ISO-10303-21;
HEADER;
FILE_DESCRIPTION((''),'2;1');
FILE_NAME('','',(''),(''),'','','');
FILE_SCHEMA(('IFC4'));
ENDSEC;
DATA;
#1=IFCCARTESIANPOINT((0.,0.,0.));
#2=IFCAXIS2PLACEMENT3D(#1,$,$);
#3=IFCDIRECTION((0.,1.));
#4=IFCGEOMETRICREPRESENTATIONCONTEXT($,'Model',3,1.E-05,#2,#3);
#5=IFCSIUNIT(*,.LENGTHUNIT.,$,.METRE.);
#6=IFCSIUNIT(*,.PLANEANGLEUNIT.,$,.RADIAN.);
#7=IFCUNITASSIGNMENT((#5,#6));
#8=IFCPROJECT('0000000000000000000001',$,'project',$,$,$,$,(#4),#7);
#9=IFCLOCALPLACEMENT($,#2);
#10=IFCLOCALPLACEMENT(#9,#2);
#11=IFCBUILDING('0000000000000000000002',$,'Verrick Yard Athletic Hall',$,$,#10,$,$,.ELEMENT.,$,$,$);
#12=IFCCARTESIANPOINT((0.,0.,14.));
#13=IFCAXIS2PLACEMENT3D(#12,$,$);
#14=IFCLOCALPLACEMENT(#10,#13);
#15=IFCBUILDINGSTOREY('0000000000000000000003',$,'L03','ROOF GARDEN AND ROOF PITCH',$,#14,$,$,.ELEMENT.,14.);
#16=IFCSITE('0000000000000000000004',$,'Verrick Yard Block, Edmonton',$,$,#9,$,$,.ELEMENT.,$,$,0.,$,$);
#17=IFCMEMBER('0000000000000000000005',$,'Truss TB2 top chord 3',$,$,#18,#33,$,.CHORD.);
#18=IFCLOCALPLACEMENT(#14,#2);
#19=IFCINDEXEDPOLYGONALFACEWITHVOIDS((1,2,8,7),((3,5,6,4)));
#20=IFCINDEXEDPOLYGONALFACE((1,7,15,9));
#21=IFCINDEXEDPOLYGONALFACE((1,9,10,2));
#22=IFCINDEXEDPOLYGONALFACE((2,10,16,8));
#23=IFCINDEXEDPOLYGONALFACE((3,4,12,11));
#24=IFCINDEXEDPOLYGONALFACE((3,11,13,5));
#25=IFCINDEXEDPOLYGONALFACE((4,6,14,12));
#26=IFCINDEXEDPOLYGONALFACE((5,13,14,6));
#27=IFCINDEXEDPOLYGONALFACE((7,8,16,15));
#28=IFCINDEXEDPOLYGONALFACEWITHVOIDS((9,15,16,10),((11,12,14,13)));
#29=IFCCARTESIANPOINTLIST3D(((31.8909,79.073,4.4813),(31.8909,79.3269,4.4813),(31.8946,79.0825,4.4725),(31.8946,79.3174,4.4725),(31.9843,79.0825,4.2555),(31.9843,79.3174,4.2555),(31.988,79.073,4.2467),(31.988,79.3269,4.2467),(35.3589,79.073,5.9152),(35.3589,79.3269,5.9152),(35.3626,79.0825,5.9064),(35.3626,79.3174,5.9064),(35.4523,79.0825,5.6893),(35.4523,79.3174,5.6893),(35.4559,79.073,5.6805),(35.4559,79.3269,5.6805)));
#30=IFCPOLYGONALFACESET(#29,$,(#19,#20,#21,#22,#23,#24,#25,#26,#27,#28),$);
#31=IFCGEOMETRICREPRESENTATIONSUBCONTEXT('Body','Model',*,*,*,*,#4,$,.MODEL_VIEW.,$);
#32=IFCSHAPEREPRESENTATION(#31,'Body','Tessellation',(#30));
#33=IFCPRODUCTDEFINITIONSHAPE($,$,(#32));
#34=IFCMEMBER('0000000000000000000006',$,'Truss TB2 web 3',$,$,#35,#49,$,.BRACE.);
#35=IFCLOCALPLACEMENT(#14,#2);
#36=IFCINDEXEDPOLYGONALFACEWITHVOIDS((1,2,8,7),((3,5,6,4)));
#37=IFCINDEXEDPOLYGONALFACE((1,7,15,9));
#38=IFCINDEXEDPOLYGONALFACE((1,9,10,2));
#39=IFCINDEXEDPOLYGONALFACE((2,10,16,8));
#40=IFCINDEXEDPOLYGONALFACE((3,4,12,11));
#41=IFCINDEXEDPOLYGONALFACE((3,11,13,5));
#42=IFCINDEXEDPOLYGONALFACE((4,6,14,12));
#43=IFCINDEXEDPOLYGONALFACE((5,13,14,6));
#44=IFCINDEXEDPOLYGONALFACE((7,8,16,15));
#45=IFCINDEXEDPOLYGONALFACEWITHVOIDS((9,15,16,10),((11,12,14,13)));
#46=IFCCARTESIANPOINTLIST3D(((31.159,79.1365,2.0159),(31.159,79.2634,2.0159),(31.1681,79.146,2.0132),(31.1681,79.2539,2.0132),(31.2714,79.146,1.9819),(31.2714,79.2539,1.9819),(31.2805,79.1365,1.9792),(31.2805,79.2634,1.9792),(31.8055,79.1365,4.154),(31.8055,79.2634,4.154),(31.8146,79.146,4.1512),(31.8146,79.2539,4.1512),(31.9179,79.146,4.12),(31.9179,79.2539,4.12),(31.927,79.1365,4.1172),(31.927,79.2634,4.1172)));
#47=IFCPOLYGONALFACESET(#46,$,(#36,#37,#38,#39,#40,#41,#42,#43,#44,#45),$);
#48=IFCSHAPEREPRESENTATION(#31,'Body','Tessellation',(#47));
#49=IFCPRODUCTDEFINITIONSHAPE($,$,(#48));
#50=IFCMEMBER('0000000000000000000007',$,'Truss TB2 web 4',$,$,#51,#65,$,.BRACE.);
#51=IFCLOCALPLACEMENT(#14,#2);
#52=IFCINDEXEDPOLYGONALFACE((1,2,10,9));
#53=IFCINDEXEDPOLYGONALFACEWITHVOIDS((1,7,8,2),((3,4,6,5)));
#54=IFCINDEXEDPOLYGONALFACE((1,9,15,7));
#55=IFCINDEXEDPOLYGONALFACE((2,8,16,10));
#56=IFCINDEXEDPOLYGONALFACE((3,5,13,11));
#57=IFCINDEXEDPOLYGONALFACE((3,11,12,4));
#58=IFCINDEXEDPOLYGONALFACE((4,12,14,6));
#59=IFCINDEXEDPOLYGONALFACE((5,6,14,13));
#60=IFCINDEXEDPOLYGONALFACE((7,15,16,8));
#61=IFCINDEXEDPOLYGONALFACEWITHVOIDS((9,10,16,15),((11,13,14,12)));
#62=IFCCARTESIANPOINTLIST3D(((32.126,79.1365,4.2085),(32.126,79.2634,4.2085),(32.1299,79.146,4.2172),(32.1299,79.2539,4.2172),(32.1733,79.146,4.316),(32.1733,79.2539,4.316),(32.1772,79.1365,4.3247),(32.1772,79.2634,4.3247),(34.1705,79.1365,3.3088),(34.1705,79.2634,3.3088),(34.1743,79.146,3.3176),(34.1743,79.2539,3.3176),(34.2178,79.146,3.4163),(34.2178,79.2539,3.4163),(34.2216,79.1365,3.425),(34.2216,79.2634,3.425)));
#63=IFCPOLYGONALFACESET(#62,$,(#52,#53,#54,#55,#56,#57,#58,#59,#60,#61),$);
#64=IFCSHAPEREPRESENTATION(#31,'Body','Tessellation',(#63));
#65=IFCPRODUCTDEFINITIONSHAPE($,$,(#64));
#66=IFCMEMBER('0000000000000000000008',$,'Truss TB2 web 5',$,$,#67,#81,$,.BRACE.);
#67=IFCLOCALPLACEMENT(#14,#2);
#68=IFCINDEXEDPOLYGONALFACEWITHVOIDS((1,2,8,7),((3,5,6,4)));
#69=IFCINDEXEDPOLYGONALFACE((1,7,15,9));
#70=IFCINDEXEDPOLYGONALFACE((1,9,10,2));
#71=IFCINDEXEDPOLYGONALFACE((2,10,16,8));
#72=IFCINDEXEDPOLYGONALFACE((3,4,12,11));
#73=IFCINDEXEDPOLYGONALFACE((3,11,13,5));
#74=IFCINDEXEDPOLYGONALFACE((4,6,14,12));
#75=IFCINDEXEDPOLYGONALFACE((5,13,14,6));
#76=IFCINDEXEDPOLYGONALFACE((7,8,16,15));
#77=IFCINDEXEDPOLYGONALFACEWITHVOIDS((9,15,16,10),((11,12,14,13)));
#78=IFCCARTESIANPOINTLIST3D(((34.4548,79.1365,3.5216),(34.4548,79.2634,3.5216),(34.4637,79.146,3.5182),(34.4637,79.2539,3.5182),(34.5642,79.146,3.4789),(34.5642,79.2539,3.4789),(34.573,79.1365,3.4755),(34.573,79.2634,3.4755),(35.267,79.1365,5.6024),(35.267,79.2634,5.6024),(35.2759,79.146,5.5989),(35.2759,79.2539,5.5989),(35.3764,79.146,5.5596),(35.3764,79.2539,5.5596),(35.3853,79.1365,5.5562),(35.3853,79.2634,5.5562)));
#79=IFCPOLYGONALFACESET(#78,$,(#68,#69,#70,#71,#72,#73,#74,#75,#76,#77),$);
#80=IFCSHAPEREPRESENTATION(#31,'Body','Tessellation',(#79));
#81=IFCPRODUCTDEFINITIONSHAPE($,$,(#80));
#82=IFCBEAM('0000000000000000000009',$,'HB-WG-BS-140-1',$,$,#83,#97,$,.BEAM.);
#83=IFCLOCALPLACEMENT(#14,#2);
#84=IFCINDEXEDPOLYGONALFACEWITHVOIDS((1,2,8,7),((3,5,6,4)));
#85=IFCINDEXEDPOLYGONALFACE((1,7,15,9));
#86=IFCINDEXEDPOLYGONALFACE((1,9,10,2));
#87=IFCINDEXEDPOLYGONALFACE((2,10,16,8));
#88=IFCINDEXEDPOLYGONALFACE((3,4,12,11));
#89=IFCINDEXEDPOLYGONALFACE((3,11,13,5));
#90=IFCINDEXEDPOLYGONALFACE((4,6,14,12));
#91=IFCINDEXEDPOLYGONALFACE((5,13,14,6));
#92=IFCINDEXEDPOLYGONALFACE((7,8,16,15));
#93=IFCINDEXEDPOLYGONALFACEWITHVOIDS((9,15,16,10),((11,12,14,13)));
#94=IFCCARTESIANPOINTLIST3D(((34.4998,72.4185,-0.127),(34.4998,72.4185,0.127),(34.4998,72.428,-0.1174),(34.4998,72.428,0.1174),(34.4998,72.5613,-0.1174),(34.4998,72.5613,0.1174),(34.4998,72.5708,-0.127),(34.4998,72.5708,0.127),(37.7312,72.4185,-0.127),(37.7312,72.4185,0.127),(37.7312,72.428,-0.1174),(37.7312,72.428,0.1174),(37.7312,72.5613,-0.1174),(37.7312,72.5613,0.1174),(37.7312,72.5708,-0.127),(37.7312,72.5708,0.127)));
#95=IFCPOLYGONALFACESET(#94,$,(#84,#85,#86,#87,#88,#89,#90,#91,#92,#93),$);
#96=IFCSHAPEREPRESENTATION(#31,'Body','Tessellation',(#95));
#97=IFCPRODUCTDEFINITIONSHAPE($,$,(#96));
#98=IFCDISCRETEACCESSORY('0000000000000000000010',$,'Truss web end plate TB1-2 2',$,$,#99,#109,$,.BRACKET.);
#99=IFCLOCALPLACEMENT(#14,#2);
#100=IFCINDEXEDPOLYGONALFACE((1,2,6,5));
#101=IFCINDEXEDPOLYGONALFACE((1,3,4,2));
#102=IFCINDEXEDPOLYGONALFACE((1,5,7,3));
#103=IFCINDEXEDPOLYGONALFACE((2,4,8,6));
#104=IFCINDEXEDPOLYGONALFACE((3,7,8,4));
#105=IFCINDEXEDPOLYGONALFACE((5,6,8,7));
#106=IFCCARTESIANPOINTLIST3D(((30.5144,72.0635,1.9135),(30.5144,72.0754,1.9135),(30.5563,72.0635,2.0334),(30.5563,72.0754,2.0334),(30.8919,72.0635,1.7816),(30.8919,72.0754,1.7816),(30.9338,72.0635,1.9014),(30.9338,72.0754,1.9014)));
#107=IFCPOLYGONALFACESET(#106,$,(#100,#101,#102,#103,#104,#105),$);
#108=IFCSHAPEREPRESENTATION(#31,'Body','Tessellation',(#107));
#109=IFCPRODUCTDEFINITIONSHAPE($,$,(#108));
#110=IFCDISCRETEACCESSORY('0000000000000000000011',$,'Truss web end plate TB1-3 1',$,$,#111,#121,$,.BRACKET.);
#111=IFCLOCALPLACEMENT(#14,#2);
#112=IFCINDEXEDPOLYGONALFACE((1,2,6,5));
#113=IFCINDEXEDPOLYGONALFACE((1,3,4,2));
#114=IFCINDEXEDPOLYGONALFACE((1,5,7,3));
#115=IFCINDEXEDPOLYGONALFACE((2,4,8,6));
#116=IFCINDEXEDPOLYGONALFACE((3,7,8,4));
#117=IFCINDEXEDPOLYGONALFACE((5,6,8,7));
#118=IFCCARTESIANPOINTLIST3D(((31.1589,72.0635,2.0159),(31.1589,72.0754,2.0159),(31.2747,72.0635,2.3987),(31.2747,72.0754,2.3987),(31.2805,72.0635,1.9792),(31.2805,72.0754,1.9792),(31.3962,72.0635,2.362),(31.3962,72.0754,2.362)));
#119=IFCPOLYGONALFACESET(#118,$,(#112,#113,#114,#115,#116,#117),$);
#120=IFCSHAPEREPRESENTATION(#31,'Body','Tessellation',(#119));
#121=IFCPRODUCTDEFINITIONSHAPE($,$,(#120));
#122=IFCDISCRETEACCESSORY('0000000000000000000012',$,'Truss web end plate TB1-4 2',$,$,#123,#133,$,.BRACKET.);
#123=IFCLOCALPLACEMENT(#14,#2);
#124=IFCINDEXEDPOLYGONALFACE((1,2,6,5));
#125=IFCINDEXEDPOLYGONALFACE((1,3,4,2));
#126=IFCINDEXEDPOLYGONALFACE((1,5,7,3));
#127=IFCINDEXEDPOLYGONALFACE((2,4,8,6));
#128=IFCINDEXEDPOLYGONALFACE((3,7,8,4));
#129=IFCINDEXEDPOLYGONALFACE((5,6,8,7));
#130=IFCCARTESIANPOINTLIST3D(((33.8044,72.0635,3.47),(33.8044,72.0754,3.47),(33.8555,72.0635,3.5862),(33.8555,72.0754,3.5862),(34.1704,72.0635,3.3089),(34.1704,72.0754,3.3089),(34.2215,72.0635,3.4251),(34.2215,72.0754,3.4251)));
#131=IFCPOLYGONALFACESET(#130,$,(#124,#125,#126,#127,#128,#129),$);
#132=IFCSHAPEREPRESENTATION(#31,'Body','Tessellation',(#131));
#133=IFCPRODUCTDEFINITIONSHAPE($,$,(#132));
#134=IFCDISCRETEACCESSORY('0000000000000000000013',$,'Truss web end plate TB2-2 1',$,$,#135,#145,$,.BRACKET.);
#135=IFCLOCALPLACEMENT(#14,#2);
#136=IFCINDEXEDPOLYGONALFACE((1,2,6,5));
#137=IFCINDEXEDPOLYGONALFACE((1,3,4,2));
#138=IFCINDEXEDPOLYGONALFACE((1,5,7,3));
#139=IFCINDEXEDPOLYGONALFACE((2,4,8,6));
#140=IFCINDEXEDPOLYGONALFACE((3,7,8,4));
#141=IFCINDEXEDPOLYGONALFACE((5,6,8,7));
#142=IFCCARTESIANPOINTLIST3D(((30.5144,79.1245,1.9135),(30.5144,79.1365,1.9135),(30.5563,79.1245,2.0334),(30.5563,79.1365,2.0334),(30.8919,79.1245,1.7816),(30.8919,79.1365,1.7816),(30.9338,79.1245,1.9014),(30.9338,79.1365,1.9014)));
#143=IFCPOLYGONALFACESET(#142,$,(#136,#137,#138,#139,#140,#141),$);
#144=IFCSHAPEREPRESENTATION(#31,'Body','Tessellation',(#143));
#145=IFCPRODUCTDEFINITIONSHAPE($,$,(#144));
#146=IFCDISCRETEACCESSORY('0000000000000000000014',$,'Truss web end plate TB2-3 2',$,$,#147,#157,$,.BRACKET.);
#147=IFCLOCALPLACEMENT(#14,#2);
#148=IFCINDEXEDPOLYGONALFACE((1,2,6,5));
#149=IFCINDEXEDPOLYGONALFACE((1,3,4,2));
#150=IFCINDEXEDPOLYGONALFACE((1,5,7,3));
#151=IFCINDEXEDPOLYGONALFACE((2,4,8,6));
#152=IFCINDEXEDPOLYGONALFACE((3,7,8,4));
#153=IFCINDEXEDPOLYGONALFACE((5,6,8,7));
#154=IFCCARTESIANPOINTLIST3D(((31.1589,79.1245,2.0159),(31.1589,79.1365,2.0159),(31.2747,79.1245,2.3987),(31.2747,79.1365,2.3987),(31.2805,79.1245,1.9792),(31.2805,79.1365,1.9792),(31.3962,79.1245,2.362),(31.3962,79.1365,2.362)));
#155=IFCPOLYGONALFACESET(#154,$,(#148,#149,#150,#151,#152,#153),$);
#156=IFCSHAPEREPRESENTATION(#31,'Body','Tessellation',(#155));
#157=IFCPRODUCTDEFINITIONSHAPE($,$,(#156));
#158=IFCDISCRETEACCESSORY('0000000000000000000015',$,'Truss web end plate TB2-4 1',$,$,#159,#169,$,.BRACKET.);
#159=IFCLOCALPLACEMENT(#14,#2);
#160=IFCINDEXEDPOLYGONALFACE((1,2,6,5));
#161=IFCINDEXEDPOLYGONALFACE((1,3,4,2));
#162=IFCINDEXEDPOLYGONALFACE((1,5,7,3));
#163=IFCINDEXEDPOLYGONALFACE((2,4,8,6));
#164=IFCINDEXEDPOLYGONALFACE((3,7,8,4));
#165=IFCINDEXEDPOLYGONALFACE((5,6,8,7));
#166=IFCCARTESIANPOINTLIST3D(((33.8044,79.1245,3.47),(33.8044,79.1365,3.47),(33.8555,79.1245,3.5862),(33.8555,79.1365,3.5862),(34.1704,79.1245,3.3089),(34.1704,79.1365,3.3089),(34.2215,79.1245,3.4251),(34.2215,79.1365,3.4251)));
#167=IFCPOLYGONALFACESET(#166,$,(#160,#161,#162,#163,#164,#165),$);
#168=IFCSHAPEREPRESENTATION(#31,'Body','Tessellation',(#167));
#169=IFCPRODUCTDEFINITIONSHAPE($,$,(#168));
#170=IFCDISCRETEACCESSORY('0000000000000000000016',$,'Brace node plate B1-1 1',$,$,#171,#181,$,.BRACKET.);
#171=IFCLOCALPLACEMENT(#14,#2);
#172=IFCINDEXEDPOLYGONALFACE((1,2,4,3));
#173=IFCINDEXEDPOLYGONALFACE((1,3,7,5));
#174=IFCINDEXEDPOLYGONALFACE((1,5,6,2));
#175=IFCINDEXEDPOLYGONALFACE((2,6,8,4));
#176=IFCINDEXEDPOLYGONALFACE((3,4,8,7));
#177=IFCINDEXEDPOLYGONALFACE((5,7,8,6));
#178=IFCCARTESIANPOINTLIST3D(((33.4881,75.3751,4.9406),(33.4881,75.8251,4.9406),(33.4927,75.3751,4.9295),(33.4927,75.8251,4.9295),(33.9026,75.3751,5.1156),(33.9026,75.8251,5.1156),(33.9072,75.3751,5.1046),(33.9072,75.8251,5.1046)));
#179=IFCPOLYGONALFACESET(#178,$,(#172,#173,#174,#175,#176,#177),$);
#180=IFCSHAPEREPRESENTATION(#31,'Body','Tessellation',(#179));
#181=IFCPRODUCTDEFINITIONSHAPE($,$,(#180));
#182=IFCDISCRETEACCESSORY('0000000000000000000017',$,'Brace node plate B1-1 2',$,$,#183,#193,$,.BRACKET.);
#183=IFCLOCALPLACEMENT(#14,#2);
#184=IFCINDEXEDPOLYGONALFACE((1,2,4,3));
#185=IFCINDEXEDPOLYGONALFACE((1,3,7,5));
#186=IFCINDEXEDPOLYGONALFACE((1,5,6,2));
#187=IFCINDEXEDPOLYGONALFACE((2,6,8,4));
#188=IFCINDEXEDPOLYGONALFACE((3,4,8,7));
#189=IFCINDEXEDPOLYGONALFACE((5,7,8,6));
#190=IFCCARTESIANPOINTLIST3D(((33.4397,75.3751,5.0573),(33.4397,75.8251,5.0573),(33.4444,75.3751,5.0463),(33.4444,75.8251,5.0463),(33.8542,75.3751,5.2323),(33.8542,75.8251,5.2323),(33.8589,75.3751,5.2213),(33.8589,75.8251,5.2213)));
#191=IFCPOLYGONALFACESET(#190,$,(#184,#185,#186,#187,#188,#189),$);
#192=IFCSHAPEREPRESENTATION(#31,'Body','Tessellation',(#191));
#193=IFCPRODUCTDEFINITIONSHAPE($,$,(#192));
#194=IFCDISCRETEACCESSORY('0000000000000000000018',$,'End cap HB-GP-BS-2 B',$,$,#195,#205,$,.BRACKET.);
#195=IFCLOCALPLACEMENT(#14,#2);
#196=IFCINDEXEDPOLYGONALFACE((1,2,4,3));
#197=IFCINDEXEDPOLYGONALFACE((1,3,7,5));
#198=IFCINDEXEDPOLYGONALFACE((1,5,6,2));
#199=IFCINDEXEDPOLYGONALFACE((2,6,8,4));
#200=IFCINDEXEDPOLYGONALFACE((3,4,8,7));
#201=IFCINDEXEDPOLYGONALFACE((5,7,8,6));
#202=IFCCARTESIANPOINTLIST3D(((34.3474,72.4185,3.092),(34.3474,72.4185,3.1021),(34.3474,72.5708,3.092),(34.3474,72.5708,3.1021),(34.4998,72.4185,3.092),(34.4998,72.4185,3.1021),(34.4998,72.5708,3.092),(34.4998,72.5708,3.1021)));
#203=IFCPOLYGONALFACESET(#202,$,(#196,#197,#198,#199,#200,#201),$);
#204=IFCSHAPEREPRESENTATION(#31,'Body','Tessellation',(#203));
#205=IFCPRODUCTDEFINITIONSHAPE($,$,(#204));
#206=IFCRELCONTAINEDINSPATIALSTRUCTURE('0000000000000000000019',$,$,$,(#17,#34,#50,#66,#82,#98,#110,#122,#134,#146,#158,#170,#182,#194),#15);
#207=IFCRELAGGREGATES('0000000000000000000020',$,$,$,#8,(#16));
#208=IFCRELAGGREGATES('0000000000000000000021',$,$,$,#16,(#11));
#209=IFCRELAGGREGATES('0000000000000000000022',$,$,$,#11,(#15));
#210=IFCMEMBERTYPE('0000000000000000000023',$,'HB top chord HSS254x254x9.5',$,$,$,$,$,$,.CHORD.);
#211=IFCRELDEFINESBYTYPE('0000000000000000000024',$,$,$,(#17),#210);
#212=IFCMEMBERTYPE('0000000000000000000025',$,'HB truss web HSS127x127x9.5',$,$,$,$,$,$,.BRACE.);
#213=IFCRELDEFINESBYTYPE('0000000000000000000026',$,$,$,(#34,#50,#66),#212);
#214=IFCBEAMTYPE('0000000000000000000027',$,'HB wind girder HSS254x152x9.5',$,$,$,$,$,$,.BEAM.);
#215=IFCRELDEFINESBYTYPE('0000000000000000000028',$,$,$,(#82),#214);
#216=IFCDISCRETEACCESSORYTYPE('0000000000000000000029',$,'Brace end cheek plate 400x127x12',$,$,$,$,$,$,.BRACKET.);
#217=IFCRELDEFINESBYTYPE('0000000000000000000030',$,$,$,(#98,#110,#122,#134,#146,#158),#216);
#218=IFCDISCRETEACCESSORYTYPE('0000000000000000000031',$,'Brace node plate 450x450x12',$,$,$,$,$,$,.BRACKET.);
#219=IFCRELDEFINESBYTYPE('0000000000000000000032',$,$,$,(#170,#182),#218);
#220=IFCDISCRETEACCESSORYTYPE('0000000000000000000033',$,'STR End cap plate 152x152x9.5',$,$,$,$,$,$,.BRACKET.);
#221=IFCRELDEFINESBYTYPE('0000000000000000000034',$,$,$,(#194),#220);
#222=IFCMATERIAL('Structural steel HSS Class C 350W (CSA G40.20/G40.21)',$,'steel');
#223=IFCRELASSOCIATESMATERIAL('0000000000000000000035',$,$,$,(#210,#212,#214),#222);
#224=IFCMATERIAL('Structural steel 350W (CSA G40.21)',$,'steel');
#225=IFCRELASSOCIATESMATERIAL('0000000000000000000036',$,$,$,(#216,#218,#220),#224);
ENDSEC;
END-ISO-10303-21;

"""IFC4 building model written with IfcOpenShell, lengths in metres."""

from ifc_helpers import new_model, si_unit, direction, frame, origin, origin_2d, place, context, subcontext, project, spatial, rectangle, hollow_rectangle, extrude, material, material_profile, profile_set, type_object, element, save


model = new_model("IFC4")

# Units and contexts
model_context = context("Model", 3, precision=1e-05, world=origin(), true_north=direction((0.0, 1.0)))
body_context = subcontext(model_context, "Body", "Model", "MODEL_VIEW")
ifc_project = project(units=[si_unit("LENGTHUNIT", "METRE"), si_unit("PLANEANGLEUNIT", "RADIAN")], contexts=[model_context])

# Site, building, storey
site_placement = place(None, origin())
site = spatial("IfcSite", under=ifc_project, at=site_placement, Name="Verrick Yard Block, Edmonton", CompositionType="ELEMENT", RefElevation=0.0)
building_placement = place(site_placement, origin())
building = spatial("IfcBuilding", under=site, at=building_placement, Name="Verrick Yard Athletic Hall", CompositionType="ELEMENT")
storey_placement = place(building_placement, frame((0.0, 0.0, 14.0)))
storey = spatial("IfcBuildingStorey", under=building, at=storey_placement, Name="L03", Description="ROOF GARDEN AND ROOF PITCH", CompositionType="ELEMENT", Elevation=14.0)

# Members
ifc_material_1 = material(Name="Structural steel HSS Class C 350W (CSA G40.20/G40.21)", Category="steel")
ifc_material_profile_1 = material_profile(ifc_material_1, hollow_rectangle(XDim=0.2539, YDim=0.2539, WallThickness=0.0095, at=origin_2d()), Name="HSS254x254x9.5")
ifc_profile_set_1 = profile_set([ifc_material_profile_1], Name="Structural steel HSS Class C 350W (CSA G40.20/G40.21)")
member_type_1 = type_object("IfcMemberType", Name="HB top chord HSS254x254x9.5", PredefinedType="CHORD", material=ifc_profile_set_1)
member_1_placement = place(storey_placement, frame((31.9395, 79.2, 4.364), z_axis=(0.92413, 0.0, 0.382078), x_axis=(0.0, 1.0, 0.0)))
element("IfcMember", 1, at=member_1_placement, inside=storey, type_object=member_type_1, Name="Truss TB2 top chord 3", PredefinedType="CHORD", context=body_context, shape_type="SweptSolid", body=[
    extrude(hollow_rectangle(XDim=0.2539, YDim=0.2539, WallThickness=0.0095, at=origin_2d()), origin(), (0.0, 0.0, 1.0), 3.7527),
])
ifc_material_profile_2 = material_profile(ifc_material_1, hollow_rectangle(XDim=0.127, YDim=0.127, WallThickness=0.0095, at=origin_2d()), Name="HSS127x127x9.5")
ifc_profile_set_2 = profile_set([ifc_material_profile_2], Name="Structural steel HSS Class C 350W (CSA G40.20/G40.21)")
member_type_2 = type_object("IfcMemberType", Name="HB truss web HSS127x127x9.5", PredefinedType="BRACE", material=ifc_profile_set_2)
for number, where, z_axis, x_axis, name in (
    (2, (31.2197, 79.2, 1.9976), (0.289443, 0.0, 0.957195), (0.0, 1.0, 0.0), "Truss TB2 web 3"),
    (3, (32.1516, 79.2, 4.2666), (0.915297, 0.0, -0.402779), (0.0, 1.0, 0.0), "Truss TB2 web 4"),
    (4, (34.5139, 79.2, 3.4985), (0.363633, 0.0, 0.931542), (0.0, 1.0, 0.0), "Truss TB2 web 5"),
):
    element("IfcMember", number, at=place(storey_placement, frame(where, z_axis=z_axis, x_axis=x_axis)), inside=storey, type_object=member_type_2, Name=name, PredefinedType="BRACE", context=body_context, shape_type="SweptSolid", body=[
        extrude(hollow_rectangle(XDim=0.127, YDim=0.127, WallThickness=0.0095, at=origin_2d()), origin(), (0.0, 0.0, 1.0), 2.2336),
    ])

# Beam
ifc_material_profile_3 = material_profile(ifc_material_1, hollow_rectangle(XDim=0.1523, YDim=0.2539, WallThickness=0.0095, at=origin_2d()), Name="HSS254x152x9.5")
ifc_profile_set_3 = profile_set([ifc_material_profile_3], Name="Structural steel HSS Class C 350W (CSA G40.20/G40.21)")
beam_type = type_object("IfcBeamType", Name="HB wind girder HSS254x152x9.5", PredefinedType="BEAM", material=ifc_profile_set_3)
beam_placement = place(storey_placement, frame((34.4998, 72.4946, 0.0), z_axis=(1.0, 0.0, 0.0), x_axis=(0.0, 1.0, 0.0)))
element("IfcBeam", 5, at=beam_placement, inside=storey, type_object=beam_type, Name="HB-WG-BS-140-1", PredefinedType="BEAM", context=body_context, shape_type="SweptSolid", body=[
    extrude(hollow_rectangle(XDim=0.1523, YDim=0.2539, WallThickness=0.0095, at=origin_2d()), origin(), (0.0, 0.0, 1.0), 3.2314),
])

# Discrete accessories
ifc_material_2 = material(Name="Structural steel 350W (CSA G40.21)", Category="steel")
ifc_material_profile_4 = material_profile(ifc_material_2, rectangle(XDim=0.3999, YDim=0.127, at=origin_2d()), Name="Brace end cheek plate")
ifc_profile_set_4 = profile_set([ifc_material_profile_4], Name="Structural steel 350W (CSA G40.21)")
discrete_accessory_type_1 = type_object("IfcDiscreteAccessoryType", Name="Brace end cheek plate 400x127x12", PredefinedType="BRACKET", material=ifc_profile_set_4)
for number, where, z_axis, x_axis, name in (
    (6, (30.7241, 72.0635, 1.9075), (0.0, 1.0, 0.0), (-0.944026, 0.0, 0.329872), "Truss web end plate TB1-2 2"),
    (7, (31.2776, 72.0635, 2.189), (0.0, 1.0, 0.0), (0.289473, 0.0, 0.957186), "Truss web end plate TB1-3 1"),
    (8, (34.0129, 72.0635, 3.4475), (0.0, 1.0, 0.0), (-0.915285, 0.0, 0.402806), "Truss web end plate TB1-4 2"),
    (9, (30.7241, 79.1365, 1.9075), (0.0, -1.0, 0.0), (-0.944026, 0.0, 0.329872), "Truss web end plate TB2-2 1"),
    (10, (31.2776, 79.1365, 2.189), (0.0, -1.0, 0.0), (0.289473, 0.0, 0.957186), "Truss web end plate TB2-3 2"),
    (11, (34.0129, 79.1365, 3.4475), (0.0, -1.0, 0.0), (-0.915285, 0.0, 0.402806), "Truss web end plate TB2-4 1"),
):
    element("IfcDiscreteAccessory", number, at=place(storey_placement, frame(where, z_axis=z_axis, x_axis=x_axis)), inside=storey, type_object=discrete_accessory_type_1, Name=name, PredefinedType="BRACKET", context=body_context, shape_type="SweptSolid", body=[
        extrude(rectangle(XDim=0.3999, YDim=0.127, at=origin_2d()), origin(), (0.0, 0.0, 1.0), 0.012),
    ])
ifc_material_profile_5 = material_profile(ifc_material_2, rectangle(XDim=0.45, YDim=0.45, at=origin_2d()), Name="Brace node plate")
ifc_profile_set_5 = profile_set([ifc_material_profile_5], Name="Structural steel 350W (CSA G40.21)")
discrete_accessory_type_2 = type_object("IfcDiscreteAccessoryType", Name="Brace node plate 450x450x12", PredefinedType="BRACKET", material=ifc_profile_set_5)
for number, where, z_axis, x_axis, name in (
    (12, (33.6953, 75.6001, 5.0281), (0.388972, 0.0, -0.92125), (0.0, 1.0, 0.0), "Brace node plate B1-1 1"),
    (13, (33.6516, 75.6001, 5.1338), (-0.388972, 0.0, 0.92125), (0.0, -1.0, 0.0), "Brace node plate B1-1 2"),
):
    element("IfcDiscreteAccessory", number, at=place(storey_placement, frame(where, z_axis=z_axis, x_axis=x_axis)), inside=storey, type_object=discrete_accessory_type_2, Name=name, PredefinedType="BRACKET", context=body_context, shape_type="SweptSolid", body=[
        extrude(rectangle(XDim=0.45, YDim=0.45, at=origin_2d()), origin(), (0.0, 0.0, 1.0), 0.012),
    ])
ifc_material_profile_6 = material_profile(ifc_material_2, rectangle(XDim=0.1523, YDim=0.1523, at=origin_2d()), Name="STR End cap plate 152x152x9.5")
ifc_profile_set_6 = profile_set([ifc_material_profile_6], Name="Structural steel 350W (CSA G40.21)")
discrete_accessory_type_3 = type_object("IfcDiscreteAccessoryType", Name="STR End cap plate 152x152x9.5", PredefinedType="BRACKET", material=ifc_profile_set_6)
discrete_accessory_placement = place(storey_placement, frame((34.4236, 72.4946, 3.092), z_axis=(0.0, 0.0, 1.0), x_axis=(1.0, 0.0, 0.0)))
element("IfcDiscreteAccessory", 14, at=discrete_accessory_placement, inside=storey, type_object=discrete_accessory_type_3, Name="End cap HB-GP-BS-2 B", PredefinedType="BRACKET", context=body_context, shape_type="SweptSolid", body=[
    extrude(rectangle(XDim=0.1523, YDim=0.1523, at=origin_2d()), origin(), (0.0, 0.0, 1.0), 0.01),
])

save(model, "model.ifc")
